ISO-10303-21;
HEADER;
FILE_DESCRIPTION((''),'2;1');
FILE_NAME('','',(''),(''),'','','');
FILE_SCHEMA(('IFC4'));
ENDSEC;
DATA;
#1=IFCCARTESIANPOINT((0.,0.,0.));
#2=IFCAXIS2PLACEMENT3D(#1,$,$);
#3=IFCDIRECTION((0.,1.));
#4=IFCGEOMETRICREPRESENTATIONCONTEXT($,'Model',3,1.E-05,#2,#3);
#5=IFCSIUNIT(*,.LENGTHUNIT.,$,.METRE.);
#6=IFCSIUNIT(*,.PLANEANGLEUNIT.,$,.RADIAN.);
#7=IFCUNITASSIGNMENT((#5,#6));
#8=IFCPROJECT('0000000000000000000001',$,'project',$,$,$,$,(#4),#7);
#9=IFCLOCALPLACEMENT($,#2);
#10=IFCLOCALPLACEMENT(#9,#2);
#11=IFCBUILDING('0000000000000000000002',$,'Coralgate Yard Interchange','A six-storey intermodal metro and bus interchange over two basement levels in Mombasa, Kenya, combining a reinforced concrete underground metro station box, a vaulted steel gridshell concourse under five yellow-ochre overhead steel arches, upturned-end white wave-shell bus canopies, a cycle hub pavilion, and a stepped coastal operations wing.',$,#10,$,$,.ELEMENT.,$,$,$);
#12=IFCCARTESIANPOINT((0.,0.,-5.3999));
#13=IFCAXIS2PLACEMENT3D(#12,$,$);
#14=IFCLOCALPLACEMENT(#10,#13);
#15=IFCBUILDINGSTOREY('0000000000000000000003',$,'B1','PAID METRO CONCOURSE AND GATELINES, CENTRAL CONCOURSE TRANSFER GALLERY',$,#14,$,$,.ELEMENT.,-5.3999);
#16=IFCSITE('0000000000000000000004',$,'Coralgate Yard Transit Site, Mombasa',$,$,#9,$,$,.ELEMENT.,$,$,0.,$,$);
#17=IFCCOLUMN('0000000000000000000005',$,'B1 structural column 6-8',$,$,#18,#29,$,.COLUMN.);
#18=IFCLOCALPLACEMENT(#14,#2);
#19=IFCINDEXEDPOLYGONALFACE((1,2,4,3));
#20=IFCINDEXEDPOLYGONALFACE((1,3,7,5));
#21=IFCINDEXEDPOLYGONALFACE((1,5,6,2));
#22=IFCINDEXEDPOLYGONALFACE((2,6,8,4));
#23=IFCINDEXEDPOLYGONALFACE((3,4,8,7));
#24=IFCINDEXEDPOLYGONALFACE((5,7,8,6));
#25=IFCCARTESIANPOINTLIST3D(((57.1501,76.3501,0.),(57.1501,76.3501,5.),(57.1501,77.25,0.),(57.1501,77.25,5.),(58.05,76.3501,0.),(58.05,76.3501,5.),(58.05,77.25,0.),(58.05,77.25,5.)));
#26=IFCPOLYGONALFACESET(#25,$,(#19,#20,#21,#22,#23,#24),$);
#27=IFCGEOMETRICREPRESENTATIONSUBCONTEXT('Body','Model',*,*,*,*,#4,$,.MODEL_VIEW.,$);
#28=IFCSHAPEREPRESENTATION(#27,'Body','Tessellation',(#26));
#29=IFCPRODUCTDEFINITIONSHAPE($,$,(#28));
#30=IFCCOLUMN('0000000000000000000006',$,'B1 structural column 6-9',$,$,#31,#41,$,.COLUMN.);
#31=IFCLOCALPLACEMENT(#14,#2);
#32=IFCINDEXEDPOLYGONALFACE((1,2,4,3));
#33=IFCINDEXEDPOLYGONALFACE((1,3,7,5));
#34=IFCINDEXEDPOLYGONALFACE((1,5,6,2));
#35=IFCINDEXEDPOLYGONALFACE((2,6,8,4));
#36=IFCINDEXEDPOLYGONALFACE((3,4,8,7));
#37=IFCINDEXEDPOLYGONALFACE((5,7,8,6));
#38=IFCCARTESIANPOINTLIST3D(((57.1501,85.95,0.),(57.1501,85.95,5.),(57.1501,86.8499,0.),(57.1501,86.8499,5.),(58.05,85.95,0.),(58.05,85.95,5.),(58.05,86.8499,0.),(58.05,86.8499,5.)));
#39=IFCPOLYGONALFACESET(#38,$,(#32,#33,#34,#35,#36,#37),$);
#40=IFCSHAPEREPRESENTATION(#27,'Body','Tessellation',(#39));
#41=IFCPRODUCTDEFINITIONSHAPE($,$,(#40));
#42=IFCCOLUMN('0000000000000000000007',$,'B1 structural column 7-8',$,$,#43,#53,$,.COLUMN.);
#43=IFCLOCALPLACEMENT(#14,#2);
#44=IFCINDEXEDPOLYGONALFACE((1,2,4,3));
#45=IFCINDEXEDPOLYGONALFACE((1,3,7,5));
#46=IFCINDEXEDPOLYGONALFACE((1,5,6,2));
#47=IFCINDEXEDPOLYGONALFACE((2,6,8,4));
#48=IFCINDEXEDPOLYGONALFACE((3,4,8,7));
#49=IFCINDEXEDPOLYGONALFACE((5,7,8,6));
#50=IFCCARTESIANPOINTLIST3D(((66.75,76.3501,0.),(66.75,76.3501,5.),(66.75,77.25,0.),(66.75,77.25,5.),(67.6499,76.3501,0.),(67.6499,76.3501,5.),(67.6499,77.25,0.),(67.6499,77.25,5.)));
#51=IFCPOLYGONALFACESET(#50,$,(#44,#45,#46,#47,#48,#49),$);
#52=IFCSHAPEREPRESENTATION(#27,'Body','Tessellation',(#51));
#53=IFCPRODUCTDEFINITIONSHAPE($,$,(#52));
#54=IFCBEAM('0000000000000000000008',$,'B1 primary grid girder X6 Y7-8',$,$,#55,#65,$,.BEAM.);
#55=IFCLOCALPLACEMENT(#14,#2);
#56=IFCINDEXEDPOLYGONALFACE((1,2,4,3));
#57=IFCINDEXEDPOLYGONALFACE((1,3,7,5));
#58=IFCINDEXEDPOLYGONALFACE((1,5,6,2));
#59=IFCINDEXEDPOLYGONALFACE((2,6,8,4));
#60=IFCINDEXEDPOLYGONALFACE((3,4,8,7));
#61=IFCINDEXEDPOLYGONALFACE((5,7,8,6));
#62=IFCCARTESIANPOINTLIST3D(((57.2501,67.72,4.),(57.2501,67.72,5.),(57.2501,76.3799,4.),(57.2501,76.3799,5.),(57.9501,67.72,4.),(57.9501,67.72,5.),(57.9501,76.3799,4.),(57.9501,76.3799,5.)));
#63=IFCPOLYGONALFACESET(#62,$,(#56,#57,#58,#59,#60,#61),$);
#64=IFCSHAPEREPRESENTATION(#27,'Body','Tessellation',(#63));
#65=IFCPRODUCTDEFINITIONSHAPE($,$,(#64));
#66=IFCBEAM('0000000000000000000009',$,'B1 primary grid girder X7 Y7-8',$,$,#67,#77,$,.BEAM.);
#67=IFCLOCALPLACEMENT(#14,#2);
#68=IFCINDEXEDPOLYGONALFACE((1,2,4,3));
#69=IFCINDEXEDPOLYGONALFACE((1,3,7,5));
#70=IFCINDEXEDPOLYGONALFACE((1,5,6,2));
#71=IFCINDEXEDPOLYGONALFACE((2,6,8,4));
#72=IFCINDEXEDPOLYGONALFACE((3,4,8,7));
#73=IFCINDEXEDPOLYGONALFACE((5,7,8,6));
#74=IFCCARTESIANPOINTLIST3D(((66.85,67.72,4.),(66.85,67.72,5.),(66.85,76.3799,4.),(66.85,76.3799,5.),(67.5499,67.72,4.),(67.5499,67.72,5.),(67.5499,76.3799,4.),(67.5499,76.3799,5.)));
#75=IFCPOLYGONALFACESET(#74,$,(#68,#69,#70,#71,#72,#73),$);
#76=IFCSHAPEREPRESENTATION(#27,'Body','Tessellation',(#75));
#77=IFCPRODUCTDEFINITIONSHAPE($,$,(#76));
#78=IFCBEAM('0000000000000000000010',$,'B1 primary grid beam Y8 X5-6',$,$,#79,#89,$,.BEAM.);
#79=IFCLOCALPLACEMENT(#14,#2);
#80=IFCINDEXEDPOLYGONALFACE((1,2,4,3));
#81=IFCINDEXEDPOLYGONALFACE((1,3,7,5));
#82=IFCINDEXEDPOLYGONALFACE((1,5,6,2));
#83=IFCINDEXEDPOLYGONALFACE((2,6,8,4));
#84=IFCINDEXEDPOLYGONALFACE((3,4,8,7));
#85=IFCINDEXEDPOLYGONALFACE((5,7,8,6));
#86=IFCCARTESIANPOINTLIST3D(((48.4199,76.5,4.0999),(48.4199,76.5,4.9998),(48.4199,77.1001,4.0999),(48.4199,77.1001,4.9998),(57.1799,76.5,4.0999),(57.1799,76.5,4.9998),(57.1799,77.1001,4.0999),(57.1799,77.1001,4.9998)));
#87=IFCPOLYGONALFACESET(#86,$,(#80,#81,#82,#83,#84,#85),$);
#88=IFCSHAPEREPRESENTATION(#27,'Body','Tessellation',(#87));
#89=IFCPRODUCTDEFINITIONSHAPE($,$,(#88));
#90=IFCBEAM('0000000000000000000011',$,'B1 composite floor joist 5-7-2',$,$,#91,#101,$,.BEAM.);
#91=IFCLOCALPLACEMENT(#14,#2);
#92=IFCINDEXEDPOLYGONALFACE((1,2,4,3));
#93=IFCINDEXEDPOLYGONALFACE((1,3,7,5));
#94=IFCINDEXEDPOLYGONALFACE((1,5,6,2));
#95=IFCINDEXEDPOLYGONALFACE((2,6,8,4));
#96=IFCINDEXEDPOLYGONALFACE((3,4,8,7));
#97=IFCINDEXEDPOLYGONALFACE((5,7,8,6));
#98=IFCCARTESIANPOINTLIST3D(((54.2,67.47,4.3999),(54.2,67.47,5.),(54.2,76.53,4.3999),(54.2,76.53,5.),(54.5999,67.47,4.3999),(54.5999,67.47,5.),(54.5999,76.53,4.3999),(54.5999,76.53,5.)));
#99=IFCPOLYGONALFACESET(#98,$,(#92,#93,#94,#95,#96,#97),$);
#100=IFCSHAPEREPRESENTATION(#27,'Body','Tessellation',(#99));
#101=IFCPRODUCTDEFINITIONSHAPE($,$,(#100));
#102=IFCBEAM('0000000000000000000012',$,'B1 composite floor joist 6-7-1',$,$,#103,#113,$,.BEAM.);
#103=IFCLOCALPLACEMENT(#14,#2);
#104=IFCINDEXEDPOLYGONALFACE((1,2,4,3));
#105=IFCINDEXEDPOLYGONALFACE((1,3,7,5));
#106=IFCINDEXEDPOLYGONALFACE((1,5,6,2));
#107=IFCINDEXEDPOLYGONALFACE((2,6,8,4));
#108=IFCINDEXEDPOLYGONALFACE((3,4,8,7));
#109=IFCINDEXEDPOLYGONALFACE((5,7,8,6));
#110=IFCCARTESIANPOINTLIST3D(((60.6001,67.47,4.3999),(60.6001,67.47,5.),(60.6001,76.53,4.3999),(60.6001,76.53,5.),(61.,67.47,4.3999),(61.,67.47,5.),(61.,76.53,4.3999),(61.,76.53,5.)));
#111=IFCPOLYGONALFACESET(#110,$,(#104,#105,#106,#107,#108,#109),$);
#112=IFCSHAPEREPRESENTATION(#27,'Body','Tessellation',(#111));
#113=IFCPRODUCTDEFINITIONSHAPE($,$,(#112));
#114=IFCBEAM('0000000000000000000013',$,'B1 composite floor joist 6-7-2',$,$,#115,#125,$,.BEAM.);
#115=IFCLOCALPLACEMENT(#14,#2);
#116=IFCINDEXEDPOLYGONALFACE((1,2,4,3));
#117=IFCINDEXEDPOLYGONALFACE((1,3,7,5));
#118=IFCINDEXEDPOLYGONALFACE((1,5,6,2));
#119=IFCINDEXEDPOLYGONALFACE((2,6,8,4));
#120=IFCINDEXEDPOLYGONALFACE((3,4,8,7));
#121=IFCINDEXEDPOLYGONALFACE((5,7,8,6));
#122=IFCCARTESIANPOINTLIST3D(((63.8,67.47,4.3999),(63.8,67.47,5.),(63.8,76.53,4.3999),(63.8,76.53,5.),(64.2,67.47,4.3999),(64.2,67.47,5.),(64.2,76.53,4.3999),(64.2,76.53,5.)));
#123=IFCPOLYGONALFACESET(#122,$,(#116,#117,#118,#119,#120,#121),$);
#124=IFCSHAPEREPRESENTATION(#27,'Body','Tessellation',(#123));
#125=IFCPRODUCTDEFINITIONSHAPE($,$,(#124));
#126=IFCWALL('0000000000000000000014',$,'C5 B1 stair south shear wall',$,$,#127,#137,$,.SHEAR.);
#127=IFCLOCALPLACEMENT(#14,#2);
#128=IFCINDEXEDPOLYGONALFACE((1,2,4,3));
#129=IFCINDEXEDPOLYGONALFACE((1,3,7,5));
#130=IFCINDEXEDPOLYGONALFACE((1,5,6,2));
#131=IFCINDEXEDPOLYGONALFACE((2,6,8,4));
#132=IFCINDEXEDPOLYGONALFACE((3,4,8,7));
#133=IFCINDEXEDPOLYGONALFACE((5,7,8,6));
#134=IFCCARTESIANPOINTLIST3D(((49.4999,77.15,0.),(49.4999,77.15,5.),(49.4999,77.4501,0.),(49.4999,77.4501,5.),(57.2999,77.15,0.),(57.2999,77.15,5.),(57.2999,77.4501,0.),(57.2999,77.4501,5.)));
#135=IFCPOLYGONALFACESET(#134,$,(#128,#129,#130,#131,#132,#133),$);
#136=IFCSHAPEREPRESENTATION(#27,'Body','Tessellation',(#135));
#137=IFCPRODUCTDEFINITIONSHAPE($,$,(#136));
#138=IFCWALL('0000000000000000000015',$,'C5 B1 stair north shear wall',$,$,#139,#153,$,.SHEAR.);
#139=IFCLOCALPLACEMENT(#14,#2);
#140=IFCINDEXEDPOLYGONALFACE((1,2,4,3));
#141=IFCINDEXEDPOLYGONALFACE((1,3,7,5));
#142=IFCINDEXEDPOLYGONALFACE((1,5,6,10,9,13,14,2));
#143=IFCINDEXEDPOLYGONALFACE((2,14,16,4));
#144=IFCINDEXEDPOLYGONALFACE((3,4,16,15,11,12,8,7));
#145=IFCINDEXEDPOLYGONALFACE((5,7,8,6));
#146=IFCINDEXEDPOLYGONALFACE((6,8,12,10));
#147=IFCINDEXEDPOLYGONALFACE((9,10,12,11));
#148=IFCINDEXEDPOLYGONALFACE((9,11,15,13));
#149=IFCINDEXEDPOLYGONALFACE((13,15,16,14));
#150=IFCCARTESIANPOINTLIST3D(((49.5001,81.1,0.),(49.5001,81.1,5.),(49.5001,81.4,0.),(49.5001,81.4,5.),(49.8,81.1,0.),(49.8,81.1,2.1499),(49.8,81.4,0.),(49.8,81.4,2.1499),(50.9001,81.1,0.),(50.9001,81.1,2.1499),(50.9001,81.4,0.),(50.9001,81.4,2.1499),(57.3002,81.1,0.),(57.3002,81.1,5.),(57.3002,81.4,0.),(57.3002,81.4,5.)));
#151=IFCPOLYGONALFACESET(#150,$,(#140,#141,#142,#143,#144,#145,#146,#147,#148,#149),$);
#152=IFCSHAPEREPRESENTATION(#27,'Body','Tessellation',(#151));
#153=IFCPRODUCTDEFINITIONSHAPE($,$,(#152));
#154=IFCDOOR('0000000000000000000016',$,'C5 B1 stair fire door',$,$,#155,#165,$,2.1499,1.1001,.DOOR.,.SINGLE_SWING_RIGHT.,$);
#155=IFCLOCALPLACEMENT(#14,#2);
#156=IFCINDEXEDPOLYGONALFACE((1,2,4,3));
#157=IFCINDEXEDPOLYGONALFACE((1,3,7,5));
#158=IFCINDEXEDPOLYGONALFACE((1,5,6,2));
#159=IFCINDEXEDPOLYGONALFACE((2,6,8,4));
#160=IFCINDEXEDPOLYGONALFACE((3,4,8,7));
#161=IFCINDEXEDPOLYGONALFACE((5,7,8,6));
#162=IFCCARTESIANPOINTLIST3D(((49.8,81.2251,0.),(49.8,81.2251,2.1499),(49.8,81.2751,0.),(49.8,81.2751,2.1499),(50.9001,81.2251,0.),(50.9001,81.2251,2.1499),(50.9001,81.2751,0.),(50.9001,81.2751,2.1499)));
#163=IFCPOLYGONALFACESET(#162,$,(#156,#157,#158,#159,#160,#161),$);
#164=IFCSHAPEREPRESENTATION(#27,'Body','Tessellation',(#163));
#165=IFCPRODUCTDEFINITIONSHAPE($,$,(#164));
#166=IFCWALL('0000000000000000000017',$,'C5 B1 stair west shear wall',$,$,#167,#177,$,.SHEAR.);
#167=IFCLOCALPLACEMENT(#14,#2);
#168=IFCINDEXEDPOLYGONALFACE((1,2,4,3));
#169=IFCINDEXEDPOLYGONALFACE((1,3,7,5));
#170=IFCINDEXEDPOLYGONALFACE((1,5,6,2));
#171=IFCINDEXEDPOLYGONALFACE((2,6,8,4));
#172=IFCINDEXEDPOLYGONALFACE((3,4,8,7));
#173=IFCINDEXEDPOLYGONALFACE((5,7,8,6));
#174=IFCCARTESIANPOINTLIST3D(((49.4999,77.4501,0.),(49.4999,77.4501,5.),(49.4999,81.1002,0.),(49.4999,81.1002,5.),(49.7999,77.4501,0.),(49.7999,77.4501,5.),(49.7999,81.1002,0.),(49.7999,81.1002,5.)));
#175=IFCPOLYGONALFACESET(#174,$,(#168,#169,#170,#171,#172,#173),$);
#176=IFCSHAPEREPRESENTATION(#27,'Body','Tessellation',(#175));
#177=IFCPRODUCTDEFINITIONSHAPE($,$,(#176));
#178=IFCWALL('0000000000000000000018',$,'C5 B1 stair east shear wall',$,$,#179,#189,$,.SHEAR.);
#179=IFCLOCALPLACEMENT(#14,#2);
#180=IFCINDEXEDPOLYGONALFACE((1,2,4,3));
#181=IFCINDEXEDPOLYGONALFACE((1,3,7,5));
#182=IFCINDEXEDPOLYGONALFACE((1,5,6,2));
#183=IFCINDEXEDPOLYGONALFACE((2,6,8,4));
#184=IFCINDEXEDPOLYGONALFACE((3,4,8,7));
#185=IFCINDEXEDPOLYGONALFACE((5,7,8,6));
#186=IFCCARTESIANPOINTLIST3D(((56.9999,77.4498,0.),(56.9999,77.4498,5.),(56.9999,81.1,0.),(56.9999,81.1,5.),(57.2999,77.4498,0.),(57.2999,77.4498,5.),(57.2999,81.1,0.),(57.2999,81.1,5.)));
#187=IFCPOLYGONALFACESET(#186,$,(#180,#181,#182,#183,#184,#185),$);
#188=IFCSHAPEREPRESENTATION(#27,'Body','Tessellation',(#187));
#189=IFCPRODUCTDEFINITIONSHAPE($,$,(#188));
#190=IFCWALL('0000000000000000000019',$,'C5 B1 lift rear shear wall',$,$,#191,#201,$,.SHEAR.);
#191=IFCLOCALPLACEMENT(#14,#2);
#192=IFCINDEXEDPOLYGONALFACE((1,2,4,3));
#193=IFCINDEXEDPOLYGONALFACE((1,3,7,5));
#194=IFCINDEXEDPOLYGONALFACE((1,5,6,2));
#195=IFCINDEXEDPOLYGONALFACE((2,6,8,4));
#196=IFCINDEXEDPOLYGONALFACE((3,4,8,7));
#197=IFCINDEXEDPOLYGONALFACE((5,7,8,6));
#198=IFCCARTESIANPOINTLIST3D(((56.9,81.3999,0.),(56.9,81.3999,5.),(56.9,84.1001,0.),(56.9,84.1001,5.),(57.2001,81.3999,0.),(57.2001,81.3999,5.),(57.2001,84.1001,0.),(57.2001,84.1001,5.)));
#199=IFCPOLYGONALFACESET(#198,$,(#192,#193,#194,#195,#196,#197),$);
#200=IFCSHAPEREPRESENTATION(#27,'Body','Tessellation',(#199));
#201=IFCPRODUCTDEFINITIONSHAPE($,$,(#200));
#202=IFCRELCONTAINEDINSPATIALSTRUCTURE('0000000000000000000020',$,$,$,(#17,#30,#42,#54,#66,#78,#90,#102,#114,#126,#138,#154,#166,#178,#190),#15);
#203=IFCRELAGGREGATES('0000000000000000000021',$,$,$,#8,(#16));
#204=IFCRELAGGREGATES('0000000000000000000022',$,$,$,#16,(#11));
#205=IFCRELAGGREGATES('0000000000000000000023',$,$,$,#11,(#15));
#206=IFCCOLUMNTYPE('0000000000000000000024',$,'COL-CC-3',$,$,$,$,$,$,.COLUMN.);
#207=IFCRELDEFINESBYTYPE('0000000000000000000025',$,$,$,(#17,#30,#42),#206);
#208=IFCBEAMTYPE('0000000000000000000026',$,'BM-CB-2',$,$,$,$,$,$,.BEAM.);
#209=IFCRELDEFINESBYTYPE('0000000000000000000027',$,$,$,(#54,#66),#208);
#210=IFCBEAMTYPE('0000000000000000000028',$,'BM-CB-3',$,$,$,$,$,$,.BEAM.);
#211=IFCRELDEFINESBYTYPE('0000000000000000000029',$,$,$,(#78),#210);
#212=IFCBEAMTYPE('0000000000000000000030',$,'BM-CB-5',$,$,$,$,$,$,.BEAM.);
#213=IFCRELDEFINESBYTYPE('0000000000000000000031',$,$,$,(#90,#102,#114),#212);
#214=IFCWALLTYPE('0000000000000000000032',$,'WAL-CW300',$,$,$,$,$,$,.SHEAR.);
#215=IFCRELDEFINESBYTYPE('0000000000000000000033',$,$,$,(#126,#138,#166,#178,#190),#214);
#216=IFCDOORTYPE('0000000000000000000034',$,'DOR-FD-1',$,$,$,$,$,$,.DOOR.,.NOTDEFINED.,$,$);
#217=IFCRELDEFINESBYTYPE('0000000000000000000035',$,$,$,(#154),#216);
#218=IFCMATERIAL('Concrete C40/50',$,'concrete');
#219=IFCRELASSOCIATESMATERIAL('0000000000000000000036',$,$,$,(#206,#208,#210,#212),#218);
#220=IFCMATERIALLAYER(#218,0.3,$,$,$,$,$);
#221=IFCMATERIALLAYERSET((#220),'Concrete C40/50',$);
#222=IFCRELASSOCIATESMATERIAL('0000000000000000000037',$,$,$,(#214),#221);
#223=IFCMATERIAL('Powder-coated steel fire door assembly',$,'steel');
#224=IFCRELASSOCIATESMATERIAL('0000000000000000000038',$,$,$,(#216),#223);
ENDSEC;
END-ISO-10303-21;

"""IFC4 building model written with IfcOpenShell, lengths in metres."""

from ifc_helpers import new_model, si_unit, direction, frame, frame_2d, origin, origin_2d, place, context, subcontext, project, spatial, rectangle, extrude, material, layer, layer_set, material_profile, profile_set, type_object, element, fill, save


model = new_model("IFC4")

# Units and contexts
model_context = context("Model", 3, precision=1e-05, world=origin(), true_north=direction((0.0, 1.0)))
body_context = subcontext(model_context, "Body", "Model", "MODEL_VIEW")
ifc_project = project(units=[si_unit("LENGTHUNIT", "METRE"), si_unit("PLANEANGLEUNIT", "RADIAN")], contexts=[model_context])

# Site, building, storey
site_placement = place(None, origin())
site = spatial("IfcSite", under=ifc_project, at=site_placement, Name="Coralgate Yard Transit Site, Mombasa", CompositionType="ELEMENT", RefElevation=0.0)
building_placement = place(site_placement, origin())
building = spatial("IfcBuilding", under=site, at=building_placement, Name="Coralgate Yard Interchange", Description="A six-storey intermodal metro and bus interchange over two basement levels in Mombasa, Kenya, combining a reinforced concrete underground metro station box, a vaulted steel gridshell concourse under five yellow-ochre overhead steel arches, upturned-end white wave-shell bus canopies, a cycle hub pavilion, and a stepped coastal operations wing.", CompositionType="ELEMENT")
storey_placement = place(building_placement, frame((0.0, 0.0, -5.3999)))
storey = spatial("IfcBuildingStorey", under=building, at=storey_placement, Name="B1", Description="PAID METRO CONCOURSE AND GATELINES, CENTRAL CONCOURSE TRANSFER GALLERY", CompositionType="ELEMENT", Elevation=-5.3999)

# Columns
ifc_material_1 = material(Name="Concrete C40/50", Category="concrete")
ifc_material_profile_1 = material_profile(ifc_material_1, rectangle(XDim=0.8999, YDim=0.8999, at=origin_2d()), Name="RC 900x900")
ifc_profile_set_1 = profile_set([ifc_material_profile_1], Name="Concrete C40/50")
column_type = type_object("IfcColumnType", Name="COL-CC-3", PredefinedType="COLUMN", material=ifc_profile_set_1)
for number, where, z_axis, x_axis, name in (
    (1, (57.6001, 76.8, 0.0), (0.0, 0.0, 1.0), (1.0, 0.0, 0.0), "B1 structural column 6-8"),
    (2, (57.6001, 86.3999, 0.0), (0.0, 0.0, 1.0), (1.0, 0.0, 0.0), "B1 structural column 6-9"),
    (3, (67.2, 76.8, 0.0), (0.0, 0.0, 1.0), (1.0, 0.0, 0.0), "B1 structural column 7-8"),
):
    element("IfcColumn", number, at=place(storey_placement, frame(where, z_axis=z_axis, x_axis=x_axis)), inside=storey, type_object=column_type, Name=name, PredefinedType="COLUMN", context=body_context, shape_type="SweptSolid", body=[
        extrude(rectangle(XDim=0.8999, YDim=0.8999, at=origin_2d()), origin(), (0.0, 0.0, 1.0), 5.0),
    ])

# Beams
ifc_material_profile_2 = material_profile(ifc_material_1, rectangle(XDim=0.7, YDim=1.0, at=origin_2d()), Name="RC 700x1000")
ifc_profile_set_2 = profile_set([ifc_material_profile_2], Name="Concrete C40/50")
beam_type_1 = type_object("IfcBeamType", Name="BM-CB-2", PredefinedType="BEAM", material=ifc_profile_set_2)
for number, where, z_axis, x_axis, name in (
    (4, (57.6001, 67.72, 4.5), (0.0, 1.0, 0.0), (-1.0, 0.0, 0.0), "B1 primary grid girder X6 Y7-8"),
    (5, (67.2, 67.72, 4.5), (0.0, 1.0, 0.0), (-1.0, 0.0, 0.0), "B1 primary grid girder X7 Y7-8"),
):
    element("IfcBeam", number, at=place(storey_placement, frame(where, z_axis=z_axis, x_axis=x_axis)), inside=storey, type_object=beam_type_1, Name=name, PredefinedType="BEAM", context=body_context, shape_type="SweptSolid", body=[
        extrude(rectangle(XDim=0.7, YDim=1.0, at=origin_2d()), origin(), (0.0, 0.0, 1.0), 8.6599),
    ])
ifc_material_profile_3 = material_profile(ifc_material_1, rectangle(XDim=0.6001, YDim=0.8999, at=origin_2d()), Name="RC 600x900")
ifc_profile_set_3 = profile_set([ifc_material_profile_3], Name="Concrete C40/50")
beam_type_2 = type_object("IfcBeamType", Name="BM-CB-3", PredefinedType="BEAM", material=ifc_profile_set_3)
beam_placement = place(storey_placement, frame((48.4199, 76.8, 4.5498), z_axis=(1.0, 0.0, 0.0), x_axis=(0.0, 1.0, 0.0)))
element("IfcBeam", 6, at=beam_placement, inside=storey, type_object=beam_type_2, Name="B1 primary grid beam Y8 X5-6", PredefinedType="BEAM", context=body_context, shape_type="SweptSolid", body=[
    extrude(rectangle(XDim=0.6001, YDim=0.8999, at=origin_2d()), origin(), (0.0, 0.0, 1.0), 8.76),
])
ifc_material_profile_4 = material_profile(ifc_material_1, rectangle(XDim=0.3999, YDim=0.6001, at=origin_2d()), Name="RC 400x600")
ifc_profile_set_4 = profile_set([ifc_material_profile_4], Name="Concrete C40/50")
beam_type_3 = type_object("IfcBeamType", Name="BM-CB-5", PredefinedType="BEAM", material=ifc_profile_set_4)
for number, where, z_axis, x_axis, name in (
    (7, (54.3999, 67.47, 4.7), (0.0, 1.0, 0.0), (-1.0, 0.0, 0.0), "B1 composite floor joist 5-7-2"),
    (8, (60.8, 67.47, 4.7), (0.0, 1.0, 0.0), (-1.0, 0.0, 0.0), "B1 composite floor joist 6-7-1"),
    (9, (64.0, 67.47, 4.7), (0.0, 1.0, 0.0), (-1.0, 0.0, 0.0), "B1 composite floor joist 6-7-2"),
):
    element("IfcBeam", number, at=place(storey_placement, frame(where, z_axis=z_axis, x_axis=x_axis)), inside=storey, type_object=beam_type_3, Name=name, PredefinedType="BEAM", context=body_context, shape_type="SweptSolid", body=[
        extrude(rectangle(XDim=0.3999, YDim=0.6001, at=origin_2d()), origin(), (0.0, 0.0, 1.0), 9.0601),
    ])

# Wall
ifc_layer_1 = layer(ifc_material_1, 0.3)
ifc_layer_set_1 = layer_set([ifc_layer_1], Name="Concrete C40/50")
wall_type_1 = type_object("IfcWallType", Name="WAL-CW300", PredefinedType="SHEAR", material=ifc_layer_set_1)
wall_1_placement = place(storey_placement, frame((49.5, 77.3, 0.0), z_axis=(0.0, 0.0, 1.0), x_axis=(1.0, 0.0, 0.0)))
element("IfcWall", 10, at=wall_1_placement, inside=storey, type_object=wall_type_1, Name="C5 B1 stair south shear wall", PredefinedType="SHEAR", context=body_context, shape_type="SweptSolid", body=[
    extrude(rectangle(XDim=7.8, YDim=0.3, at=frame_2d((3.8999, 0.0))), origin(), (0.0, 0.0, 1.0), 5.0),
])

# Wall, opening, door
wall_2_placement = place(storey_placement, frame((57.3, 81.25, 0.0), z_axis=(0.0, 0.0, 1.0), x_axis=(-1.0, 0.0, 0.0)))
wall_2 = element("IfcWall", 11, at=wall_2_placement, inside=storey, type_object=wall_type_1, Name="C5 B1 stair north shear wall", PredefinedType="SHEAR", context=body_context, shape_type="SweptSolid", body=[
    extrude(rectangle(XDim=7.8, YDim=0.3, at=frame_2d((3.8999, 0.0))), origin(), (0.0, 0.0, 1.0), 5.0),
])
opening_1_placement = place(wall_2_placement, frame((6.3999, 0.0, 0.0)))
opening_1 = element("IfcOpeningElement", 12, at=opening_1_placement, cuts=wall_2, PredefinedType="OPENING", context=body_context, shape_type="SweptSolid", body=[
    extrude(rectangle(XDim=1.1001, YDim=2.1499, at=frame_2d((0.55, 1.075))), frame((0.0, 0.1599, 0.0), z_axis=(0.0, -1.0, 0.0), x_axis=(1.0, 0.0, 0.0)), (0.0, 0.0, 1.0), 0.3201),
])
ifc_material_2 = material(Name="Powder-coated steel fire door assembly", Category="steel")
door_type_1 = type_object("IfcDoorType", Name="DOR-FD-1", OperationType="NOTDEFINED", PredefinedType="DOOR", material=ifc_material_2)
door_1_placement = place(opening_1_placement, origin())
door_1 = element("IfcDoor", 13, at=door_1_placement, inside=storey, type_object=door_type_1, Name="C5 B1 stair fire door", OperationType="SINGLE_SWING_RIGHT", OverallHeight=2.1499, OverallWidth=1.1001, PredefinedType="DOOR", context=body_context, shape_type="SweptSolid", body=[
    extrude(rectangle(XDim=1.1001, YDim=2.1499, at=frame_2d((0.55, 1.075))), frame((0.0, 0.0249, 0.0), z_axis=(0.0, -1.0, 0.0), x_axis=(1.0, 0.0, 0.0)), (0.0, 0.0, 1.0), 0.05),
])
fill(opening_1, door_1)

# Walls
for number, where, z_axis, x_axis, name in (
    (14, (49.6499, 77.45, 0.0), (0.0, 0.0, 1.0), (0.0, 1.0, 0.0), "C5 B1 stair west shear wall"),
    (15, (57.1499, 81.1001, 0.0), (0.0, 0.0, 1.0), (0.0, -1.0, 0.0), "C5 B1 stair east shear wall"),
):
    element("IfcWall", number, at=place(storey_placement, frame(where, z_axis=z_axis, x_axis=x_axis)), inside=storey, type_object=wall_type_1, Name=name, PredefinedType="SHEAR", context=body_context, shape_type="SweptSolid", body=[
        extrude(rectangle(XDim=3.6501, YDim=0.3, at=frame_2d((1.8252, 0.0))), origin(), (0.0, 0.0, 1.0), 5.0),
    ])

# Wall
wall_3_placement = place(storey_placement, frame((57.05, 81.3999, 0.0), z_axis=(0.0, 0.0, 1.0), x_axis=(0.0, 1.0, 0.0)))
element("IfcWall", 16, at=wall_3_placement, inside=storey, type_object=wall_type_1, Name="C5 B1 lift rear shear wall", PredefinedType="SHEAR", context=body_context, shape_type="SweptSolid", body=[
    extrude(rectangle(XDim=2.7002, YDim=0.3, at=frame_2d((1.3501, 0.0))), origin(), (0.0, 0.0, 1.0), 5.0),
])

save(model, "model.ifc")
